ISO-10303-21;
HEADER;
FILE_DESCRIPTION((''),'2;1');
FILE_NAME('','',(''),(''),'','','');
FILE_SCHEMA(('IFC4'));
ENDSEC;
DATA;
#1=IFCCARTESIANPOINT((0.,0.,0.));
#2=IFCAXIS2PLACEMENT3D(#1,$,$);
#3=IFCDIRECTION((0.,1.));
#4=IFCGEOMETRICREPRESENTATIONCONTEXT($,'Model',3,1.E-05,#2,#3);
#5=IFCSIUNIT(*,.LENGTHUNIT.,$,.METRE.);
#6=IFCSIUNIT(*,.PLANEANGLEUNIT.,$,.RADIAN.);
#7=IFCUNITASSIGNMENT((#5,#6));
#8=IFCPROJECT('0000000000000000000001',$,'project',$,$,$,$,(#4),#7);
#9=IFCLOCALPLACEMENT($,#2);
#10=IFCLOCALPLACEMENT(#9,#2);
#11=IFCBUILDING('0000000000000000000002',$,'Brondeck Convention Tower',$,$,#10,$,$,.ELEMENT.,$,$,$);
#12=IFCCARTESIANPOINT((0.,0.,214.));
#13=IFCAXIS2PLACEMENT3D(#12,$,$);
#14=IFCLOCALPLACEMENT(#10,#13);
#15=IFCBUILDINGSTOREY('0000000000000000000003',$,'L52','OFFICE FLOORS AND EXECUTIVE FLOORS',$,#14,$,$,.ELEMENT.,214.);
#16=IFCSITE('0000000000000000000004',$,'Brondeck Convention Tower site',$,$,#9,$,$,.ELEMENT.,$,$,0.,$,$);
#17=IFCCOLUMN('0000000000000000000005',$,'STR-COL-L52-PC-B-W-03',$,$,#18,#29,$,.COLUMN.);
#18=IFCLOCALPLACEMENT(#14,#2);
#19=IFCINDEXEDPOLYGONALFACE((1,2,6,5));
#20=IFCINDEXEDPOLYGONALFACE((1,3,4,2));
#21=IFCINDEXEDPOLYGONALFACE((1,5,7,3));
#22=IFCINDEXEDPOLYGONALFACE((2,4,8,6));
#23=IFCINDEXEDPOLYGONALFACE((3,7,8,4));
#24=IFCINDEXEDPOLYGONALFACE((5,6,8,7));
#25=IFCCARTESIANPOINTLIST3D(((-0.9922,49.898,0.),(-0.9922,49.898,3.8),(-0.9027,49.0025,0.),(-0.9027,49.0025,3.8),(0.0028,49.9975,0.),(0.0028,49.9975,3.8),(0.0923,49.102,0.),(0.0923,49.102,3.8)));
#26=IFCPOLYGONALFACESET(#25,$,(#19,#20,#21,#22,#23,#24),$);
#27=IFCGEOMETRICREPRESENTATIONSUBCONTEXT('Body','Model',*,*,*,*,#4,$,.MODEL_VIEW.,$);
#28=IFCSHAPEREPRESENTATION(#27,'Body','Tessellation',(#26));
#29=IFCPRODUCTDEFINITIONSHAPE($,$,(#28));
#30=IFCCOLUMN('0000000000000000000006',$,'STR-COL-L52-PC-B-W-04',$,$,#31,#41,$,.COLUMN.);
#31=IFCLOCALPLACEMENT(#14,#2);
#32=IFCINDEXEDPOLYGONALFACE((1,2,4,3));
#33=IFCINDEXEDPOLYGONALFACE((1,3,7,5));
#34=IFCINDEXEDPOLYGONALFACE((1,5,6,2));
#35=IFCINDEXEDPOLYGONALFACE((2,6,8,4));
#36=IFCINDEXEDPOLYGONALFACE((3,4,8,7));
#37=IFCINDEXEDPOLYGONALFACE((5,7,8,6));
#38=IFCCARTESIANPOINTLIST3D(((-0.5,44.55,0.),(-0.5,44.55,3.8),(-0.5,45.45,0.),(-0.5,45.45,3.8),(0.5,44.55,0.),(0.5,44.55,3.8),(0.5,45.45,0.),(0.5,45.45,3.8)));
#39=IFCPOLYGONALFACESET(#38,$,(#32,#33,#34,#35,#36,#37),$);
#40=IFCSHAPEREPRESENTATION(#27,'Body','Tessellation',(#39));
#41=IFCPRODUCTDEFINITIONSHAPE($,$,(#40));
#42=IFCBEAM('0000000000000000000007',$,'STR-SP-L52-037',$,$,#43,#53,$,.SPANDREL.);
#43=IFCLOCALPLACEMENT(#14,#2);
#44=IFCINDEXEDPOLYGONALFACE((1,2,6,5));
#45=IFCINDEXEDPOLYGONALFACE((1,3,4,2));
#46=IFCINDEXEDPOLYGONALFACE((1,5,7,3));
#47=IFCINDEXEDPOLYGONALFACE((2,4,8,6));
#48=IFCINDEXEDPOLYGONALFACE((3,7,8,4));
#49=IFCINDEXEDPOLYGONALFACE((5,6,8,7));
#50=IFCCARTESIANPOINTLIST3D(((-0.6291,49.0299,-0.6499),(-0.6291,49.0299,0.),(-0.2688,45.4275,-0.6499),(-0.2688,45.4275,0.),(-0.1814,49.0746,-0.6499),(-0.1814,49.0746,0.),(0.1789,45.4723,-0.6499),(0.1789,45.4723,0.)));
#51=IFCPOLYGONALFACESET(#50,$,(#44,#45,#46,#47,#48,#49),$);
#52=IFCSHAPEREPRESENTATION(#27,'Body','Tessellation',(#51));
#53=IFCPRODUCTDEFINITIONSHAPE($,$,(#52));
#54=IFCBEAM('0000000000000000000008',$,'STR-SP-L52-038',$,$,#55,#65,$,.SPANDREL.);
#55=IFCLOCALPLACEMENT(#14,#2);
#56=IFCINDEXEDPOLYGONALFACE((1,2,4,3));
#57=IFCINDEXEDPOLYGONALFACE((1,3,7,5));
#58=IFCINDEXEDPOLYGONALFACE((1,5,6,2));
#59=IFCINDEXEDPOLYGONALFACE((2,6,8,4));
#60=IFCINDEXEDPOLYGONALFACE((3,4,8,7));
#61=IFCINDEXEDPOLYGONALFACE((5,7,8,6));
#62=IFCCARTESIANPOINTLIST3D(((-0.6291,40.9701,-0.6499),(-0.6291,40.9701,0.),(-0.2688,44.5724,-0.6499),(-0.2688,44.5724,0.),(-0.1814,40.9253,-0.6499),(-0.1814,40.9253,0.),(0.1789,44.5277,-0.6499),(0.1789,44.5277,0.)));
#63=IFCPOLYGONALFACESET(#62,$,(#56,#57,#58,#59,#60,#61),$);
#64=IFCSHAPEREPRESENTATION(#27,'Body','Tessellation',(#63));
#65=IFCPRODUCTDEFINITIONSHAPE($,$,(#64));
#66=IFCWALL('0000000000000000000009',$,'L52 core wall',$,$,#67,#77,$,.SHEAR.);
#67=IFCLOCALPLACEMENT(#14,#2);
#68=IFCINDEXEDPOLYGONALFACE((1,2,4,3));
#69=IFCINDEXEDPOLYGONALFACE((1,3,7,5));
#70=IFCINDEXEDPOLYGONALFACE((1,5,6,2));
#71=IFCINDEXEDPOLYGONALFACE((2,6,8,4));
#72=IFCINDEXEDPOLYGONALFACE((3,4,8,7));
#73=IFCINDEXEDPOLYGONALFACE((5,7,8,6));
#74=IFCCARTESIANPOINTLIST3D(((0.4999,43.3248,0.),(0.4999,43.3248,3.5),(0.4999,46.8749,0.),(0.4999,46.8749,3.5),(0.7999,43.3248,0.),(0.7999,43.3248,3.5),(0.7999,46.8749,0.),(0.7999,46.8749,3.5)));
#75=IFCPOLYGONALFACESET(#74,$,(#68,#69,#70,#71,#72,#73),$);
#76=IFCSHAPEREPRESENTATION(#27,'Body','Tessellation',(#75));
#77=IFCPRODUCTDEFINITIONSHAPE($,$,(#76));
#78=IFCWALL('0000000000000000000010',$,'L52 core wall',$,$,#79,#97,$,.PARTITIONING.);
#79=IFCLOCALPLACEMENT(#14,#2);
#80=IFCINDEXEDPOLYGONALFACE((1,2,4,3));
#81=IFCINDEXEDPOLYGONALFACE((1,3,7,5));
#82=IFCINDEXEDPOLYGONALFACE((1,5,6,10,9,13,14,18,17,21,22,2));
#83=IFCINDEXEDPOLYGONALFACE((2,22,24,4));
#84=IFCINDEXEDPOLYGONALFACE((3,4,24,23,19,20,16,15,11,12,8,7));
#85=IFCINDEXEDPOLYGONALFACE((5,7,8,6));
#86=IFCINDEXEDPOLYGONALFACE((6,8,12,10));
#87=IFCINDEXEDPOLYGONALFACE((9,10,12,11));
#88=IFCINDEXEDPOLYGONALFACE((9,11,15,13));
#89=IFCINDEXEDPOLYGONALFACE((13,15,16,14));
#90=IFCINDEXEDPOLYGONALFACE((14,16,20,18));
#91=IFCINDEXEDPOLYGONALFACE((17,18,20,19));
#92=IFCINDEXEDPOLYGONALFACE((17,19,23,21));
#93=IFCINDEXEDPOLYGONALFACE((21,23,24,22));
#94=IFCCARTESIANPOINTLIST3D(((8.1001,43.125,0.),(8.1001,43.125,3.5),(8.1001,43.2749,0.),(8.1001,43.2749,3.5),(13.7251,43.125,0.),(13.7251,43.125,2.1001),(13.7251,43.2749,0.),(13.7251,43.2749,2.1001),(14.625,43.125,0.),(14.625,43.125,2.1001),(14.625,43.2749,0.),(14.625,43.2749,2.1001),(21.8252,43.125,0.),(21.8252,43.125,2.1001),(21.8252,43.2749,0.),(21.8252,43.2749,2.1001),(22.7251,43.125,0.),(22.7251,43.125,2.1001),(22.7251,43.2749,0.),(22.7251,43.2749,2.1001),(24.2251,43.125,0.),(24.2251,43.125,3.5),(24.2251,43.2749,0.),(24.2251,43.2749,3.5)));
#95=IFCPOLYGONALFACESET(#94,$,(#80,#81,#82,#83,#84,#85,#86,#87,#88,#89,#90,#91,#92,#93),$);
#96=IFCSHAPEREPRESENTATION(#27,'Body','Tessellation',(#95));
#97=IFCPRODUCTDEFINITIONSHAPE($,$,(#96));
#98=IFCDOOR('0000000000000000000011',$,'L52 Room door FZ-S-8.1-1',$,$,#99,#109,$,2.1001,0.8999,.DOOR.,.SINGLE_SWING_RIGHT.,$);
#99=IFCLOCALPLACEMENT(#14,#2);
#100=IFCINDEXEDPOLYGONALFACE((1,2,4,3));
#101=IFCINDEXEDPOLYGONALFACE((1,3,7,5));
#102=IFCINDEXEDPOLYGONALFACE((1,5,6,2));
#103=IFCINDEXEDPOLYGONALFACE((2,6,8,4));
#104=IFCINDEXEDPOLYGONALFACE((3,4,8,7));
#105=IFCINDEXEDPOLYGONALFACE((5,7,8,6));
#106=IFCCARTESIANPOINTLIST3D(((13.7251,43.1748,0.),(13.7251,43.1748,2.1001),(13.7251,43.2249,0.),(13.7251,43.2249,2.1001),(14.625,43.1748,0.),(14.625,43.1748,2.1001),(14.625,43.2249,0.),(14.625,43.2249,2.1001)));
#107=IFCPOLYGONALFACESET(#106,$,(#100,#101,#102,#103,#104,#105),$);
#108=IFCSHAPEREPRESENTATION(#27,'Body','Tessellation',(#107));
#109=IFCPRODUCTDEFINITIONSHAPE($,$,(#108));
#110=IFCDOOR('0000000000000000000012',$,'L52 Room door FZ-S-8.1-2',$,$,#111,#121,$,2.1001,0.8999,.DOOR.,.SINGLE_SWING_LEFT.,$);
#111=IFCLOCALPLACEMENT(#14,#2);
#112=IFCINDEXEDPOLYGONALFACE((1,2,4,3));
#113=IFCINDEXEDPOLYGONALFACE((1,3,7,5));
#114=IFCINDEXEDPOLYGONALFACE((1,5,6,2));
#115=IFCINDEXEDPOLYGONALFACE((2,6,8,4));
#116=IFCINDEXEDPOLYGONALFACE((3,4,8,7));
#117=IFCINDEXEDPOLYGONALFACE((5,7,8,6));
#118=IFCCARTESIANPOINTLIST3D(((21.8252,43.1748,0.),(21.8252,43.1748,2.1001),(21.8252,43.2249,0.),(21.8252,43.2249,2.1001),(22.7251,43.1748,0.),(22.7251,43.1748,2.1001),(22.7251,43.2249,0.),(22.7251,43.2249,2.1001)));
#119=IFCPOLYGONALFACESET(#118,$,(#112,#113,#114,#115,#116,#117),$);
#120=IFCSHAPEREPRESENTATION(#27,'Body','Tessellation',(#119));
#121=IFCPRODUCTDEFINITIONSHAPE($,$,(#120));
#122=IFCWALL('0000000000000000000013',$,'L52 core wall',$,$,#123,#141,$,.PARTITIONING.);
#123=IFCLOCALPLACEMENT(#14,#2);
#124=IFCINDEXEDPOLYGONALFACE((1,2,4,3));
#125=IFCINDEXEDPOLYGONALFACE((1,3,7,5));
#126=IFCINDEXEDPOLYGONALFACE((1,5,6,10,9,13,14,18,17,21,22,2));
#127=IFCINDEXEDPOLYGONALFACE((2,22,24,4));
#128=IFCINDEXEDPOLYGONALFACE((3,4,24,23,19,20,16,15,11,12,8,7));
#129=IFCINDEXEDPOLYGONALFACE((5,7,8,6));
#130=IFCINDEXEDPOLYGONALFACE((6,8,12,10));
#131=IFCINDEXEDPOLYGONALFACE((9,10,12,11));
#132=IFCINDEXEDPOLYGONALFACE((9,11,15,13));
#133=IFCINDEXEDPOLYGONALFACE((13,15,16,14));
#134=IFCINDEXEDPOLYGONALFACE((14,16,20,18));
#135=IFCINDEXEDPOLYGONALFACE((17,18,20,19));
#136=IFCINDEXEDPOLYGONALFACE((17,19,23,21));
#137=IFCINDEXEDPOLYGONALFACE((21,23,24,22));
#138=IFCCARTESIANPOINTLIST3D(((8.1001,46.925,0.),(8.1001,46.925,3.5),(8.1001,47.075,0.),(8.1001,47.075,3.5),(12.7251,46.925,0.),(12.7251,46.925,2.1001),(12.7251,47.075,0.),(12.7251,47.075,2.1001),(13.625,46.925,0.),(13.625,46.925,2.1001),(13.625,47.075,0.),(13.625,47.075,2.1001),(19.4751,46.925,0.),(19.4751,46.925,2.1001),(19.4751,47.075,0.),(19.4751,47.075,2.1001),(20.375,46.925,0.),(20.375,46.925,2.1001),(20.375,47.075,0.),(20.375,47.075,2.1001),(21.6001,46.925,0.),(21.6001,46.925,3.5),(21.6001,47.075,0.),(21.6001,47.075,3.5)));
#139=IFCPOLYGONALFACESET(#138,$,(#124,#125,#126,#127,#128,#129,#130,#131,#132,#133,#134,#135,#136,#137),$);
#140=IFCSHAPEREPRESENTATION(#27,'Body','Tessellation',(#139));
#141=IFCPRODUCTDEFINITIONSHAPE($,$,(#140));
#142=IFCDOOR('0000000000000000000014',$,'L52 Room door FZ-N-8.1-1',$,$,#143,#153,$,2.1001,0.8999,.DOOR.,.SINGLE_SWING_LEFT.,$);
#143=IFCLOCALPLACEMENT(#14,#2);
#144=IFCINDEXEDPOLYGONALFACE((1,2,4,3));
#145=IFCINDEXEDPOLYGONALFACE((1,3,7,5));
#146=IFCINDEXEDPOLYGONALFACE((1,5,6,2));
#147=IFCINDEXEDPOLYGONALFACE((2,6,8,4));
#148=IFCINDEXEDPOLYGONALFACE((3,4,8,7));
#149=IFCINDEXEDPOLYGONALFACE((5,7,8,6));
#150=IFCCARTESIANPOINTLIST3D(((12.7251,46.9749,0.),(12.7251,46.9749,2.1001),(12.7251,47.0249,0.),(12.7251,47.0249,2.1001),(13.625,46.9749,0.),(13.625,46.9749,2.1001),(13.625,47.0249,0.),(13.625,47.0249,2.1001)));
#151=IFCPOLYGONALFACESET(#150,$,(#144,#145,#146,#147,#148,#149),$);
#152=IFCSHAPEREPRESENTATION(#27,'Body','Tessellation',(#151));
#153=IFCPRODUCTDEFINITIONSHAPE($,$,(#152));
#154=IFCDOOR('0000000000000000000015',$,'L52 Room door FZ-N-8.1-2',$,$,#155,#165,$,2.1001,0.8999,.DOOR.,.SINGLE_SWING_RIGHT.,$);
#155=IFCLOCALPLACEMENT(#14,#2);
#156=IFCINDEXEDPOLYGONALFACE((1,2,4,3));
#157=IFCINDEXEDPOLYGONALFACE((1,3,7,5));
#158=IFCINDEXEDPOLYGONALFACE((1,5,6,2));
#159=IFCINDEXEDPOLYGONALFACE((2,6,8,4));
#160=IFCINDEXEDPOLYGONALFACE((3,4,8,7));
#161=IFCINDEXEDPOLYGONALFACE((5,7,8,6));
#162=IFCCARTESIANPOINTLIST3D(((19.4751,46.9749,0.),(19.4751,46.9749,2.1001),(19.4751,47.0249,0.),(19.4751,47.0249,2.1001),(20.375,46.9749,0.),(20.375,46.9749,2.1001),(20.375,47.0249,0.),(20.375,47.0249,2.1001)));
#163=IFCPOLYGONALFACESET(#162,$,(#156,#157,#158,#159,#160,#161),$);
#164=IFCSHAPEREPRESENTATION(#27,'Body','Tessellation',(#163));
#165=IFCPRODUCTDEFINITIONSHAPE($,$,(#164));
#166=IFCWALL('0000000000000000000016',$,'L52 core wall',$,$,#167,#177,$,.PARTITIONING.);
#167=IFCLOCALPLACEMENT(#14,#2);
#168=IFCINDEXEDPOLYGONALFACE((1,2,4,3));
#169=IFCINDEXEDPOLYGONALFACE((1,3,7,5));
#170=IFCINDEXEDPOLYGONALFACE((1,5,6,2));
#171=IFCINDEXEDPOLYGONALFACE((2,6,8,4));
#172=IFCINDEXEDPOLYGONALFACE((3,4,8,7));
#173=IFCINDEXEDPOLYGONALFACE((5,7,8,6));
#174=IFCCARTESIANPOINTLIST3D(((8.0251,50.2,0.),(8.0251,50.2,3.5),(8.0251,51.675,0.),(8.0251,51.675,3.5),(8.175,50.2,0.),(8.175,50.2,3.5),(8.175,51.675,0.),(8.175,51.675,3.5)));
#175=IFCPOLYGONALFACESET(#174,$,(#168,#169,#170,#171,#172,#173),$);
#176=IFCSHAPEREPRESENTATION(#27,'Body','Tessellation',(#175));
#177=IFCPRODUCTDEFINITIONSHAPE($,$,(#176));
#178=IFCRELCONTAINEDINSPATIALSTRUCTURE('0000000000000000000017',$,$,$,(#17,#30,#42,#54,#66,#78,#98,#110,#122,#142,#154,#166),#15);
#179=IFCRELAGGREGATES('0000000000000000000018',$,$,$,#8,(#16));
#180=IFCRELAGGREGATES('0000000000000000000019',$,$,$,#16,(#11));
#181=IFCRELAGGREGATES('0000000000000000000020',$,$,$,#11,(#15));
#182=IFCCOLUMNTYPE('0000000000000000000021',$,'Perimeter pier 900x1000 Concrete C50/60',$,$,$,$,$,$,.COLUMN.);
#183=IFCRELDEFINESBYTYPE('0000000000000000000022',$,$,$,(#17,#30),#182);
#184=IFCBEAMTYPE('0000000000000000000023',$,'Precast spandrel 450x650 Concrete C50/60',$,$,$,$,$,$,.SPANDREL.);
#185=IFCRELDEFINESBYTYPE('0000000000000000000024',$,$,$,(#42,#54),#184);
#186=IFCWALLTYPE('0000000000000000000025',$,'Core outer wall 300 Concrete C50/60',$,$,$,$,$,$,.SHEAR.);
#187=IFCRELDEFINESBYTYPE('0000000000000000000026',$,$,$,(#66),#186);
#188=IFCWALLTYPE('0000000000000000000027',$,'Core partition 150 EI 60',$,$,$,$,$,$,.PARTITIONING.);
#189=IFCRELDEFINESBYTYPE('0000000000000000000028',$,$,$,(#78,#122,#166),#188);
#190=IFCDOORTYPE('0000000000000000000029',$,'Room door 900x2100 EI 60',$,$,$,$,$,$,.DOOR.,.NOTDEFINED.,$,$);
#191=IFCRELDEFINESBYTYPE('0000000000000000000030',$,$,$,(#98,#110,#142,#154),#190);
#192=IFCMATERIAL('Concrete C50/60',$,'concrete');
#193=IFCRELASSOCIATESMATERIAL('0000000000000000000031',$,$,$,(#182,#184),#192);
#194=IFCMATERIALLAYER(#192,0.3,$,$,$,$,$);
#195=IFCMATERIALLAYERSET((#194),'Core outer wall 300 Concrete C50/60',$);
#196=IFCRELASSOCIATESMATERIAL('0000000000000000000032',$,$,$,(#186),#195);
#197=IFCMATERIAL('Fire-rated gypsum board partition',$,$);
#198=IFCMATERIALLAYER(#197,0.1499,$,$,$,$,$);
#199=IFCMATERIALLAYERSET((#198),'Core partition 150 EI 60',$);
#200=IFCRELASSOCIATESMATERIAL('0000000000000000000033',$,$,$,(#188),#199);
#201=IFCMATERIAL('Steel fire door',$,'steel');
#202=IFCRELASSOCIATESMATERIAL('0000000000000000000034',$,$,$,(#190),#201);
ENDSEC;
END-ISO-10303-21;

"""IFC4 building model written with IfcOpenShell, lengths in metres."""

from ifc_helpers import new_model, si_unit, direction, frame, frame_2d, origin, origin_2d, place, context, subcontext, project, spatial, rectangle, extrude, material, layer, layer_set, material_profile, profile_set, type_object, element, fill, save


model = new_model("IFC4")

# Units and contexts
model_context = context("Model", 3, precision=1e-05, world=origin(), true_north=direction((0.0, 1.0)))
body_context = subcontext(model_context, "Body", "Model", "MODEL_VIEW")
ifc_project = project(units=[si_unit("LENGTHUNIT", "METRE"), si_unit("PLANEANGLEUNIT", "RADIAN")], contexts=[model_context])

# Site, building, storey
site_placement = place(None, origin())
site = spatial("IfcSite", under=ifc_project, at=site_placement, Name="Brondeck Convention Tower site", CompositionType="ELEMENT", RefElevation=0.0)
building_placement = place(site_placement, origin())
building = spatial("IfcBuilding", under=site, at=building_placement, Name="Brondeck Convention Tower", CompositionType="ELEMENT")
storey_placement = place(building_placement, frame((0.0, 0.0, 214.0)))
storey = spatial("IfcBuildingStorey", under=building, at=storey_placement, Name="L52", Description="OFFICE FLOORS AND EXECUTIVE FLOORS", CompositionType="ELEMENT", Elevation=214.0)

# Columns
ifc_material_1 = material(Name="Concrete C50/60", Category="concrete")
ifc_material_profile_1 = material_profile(ifc_material_1, rectangle(XDim=0.8999, YDim=1.0, at=origin_2d()), Name="Perimeter pier 900x1000 Concrete C50/60")
ifc_profile_set_1 = profile_set([ifc_material_profile_1], Name="Concrete C50/60")
column_type = type_object("IfcColumnType", Name="Perimeter pier 900x1000 Concrete C50/60", PredefinedType="COLUMN", material=ifc_profile_set_1)
for number, where, z_axis, x_axis, name in (
    (1, (-0.45, 49.5, 0.0), (0.0, 0.0, 1.0), (0.099504, -0.995037, 0.0), "STR-COL-L52-PC-B-W-03"),
    (2, (0.0, 45.0, 0.0), (0.0, 0.0, 1.0), (0.0, -1.0, 0.0), "STR-COL-L52-PC-B-W-04"),
):
    element("IfcColumn", number, at=place(storey_placement, frame(where, z_axis=z_axis, x_axis=x_axis)), inside=storey, type_object=column_type, Name=name, PredefinedType="COLUMN", context=body_context, shape_type="SweptSolid", body=[
        extrude(rectangle(XDim=0.8999, YDim=1.0, at=origin_2d()), origin(), (0.0, 0.0, 1.0), 3.8),
    ])

# Beams
ifc_material_profile_2 = material_profile(ifc_material_1, rectangle(XDim=0.45, YDim=0.6499, at=origin_2d()), Name="Precast spandrel 450x650 Concrete C50/60")
ifc_profile_set_2 = profile_set([ifc_material_profile_2], Name="Concrete C50/60")
beam_type = type_object("IfcBeamType", Name="Precast spandrel 450x650 Concrete C50/60", PredefinedType="SPANDREL", material=ifc_profile_set_2)
for number, where, z_axis, x_axis, name in (
    (3, (-0.4053, 49.0522, -0.325), (0.099537, -0.995034, 0.0), (0.995034, 0.099537, 0.0), "STR-SP-L52-037"),
    (4, (-0.0449, 44.55, -0.325), (-0.099537, -0.995034, 0.0), (0.995034, -0.099537, 0.0), "STR-SP-L52-038"),
):
    element("IfcBeam", number, at=place(storey_placement, frame(where, z_axis=z_axis, x_axis=x_axis)), inside=storey, type_object=beam_type, Name=name, PredefinedType="SPANDREL", context=body_context, shape_type="SweptSolid", body=[
        extrude(rectangle(XDim=0.45, YDim=0.6499, at=origin_2d()), origin(), (0.0, 0.0, 1.0), 3.6204),
    ])

# Wall
ifc_layer_1 = layer(ifc_material_1, 0.3)
ifc_layer_set_1 = layer_set([ifc_layer_1], Name="Core outer wall 300 Concrete C50/60")
wall_type_1 = type_object("IfcWallType", Name="Core outer wall 300 Concrete C50/60", PredefinedType="SHEAR", material=ifc_layer_set_1)
wall_1_placement = place(storey_placement, frame((0.6499, 43.325, 0.0), z_axis=(0.0, 0.0, 1.0), x_axis=(0.0, 1.0, 0.0)))
element("IfcWall", 5, at=wall_1_placement, inside=storey, type_object=wall_type_1, Name="L52 core wall", PredefinedType="SHEAR", context=body_context, shape_type="SweptSolid", body=[
    extrude(rectangle(XDim=3.55, YDim=0.3, at=frame_2d((1.7749, 0.0))), origin(), (0.0, 0.0, 1.0), 3.5),
])

# Walls, openings, doors
ifc_material_2 = material(Name="Fire-rated gypsum board partition")
ifc_layer_2 = layer(ifc_material_2, 0.1499)
ifc_layer_set_2 = layer_set([ifc_layer_2], Name="Core partition 150 EI 60")
wall_type_2 = type_object("IfcWallType", Name="Core partition 150 EI 60", PredefinedType="PARTITIONING", material=ifc_layer_set_2)
wall_2_placement = place(storey_placement, frame((8.1001, 43.2, 0.0), z_axis=(0.0, 0.0, 1.0), x_axis=(1.0, 0.0, 0.0)))
wall_2 = element("IfcWall", 6, at=wall_2_placement, inside=storey, type_object=wall_type_2, Name="L52 core wall", PredefinedType="PARTITIONING", context=body_context, shape_type="SweptSolid", body=[
    extrude(rectangle(XDim=16.125, YDim=0.1499, at=frame_2d((8.0625, 0.0))), origin(), (0.0, 0.0, 1.0), 3.5),
])
opening_1_placement = place(wall_2_placement, frame((5.625, 0.0, 0.0)))
opening_1 = element("IfcOpeningElement", 7, at=opening_1_placement, cuts=wall_2, PredefinedType="OPENING", context=body_context, shape_type="SweptSolid", body=[
    extrude(rectangle(XDim=0.8999, YDim=2.1001, at=frame_2d((0.45, 1.05))), frame((0.0, 0.085, 0.0), z_axis=(0.0, -1.0, 0.0), x_axis=(1.0, 0.0, 0.0)), (0.0, 0.0, 1.0), 0.1699),
])
opening_2_placement = place(wall_2_placement, frame((13.7251, 0.0, 0.0)))
opening_2 = element("IfcOpeningElement", 8, at=opening_2_placement, cuts=wall_2, PredefinedType="OPENING", context=body_context, shape_type="SweptSolid", body=[
    extrude(rectangle(XDim=0.8999, YDim=2.1001, at=frame_2d((0.45, 1.05))), frame((0.0, 0.085, 0.0), z_axis=(0.0, -1.0, 0.0), x_axis=(1.0, 0.0, 0.0)), (0.0, 0.0, 1.0), 0.1699),
])
ifc_material_3 = material(Name="Steel fire door", Category="steel")
door_type_1 = type_object("IfcDoorType", Name="Room door 900x2100 EI 60", OperationType="NOTDEFINED", PredefinedType="DOOR", material=ifc_material_3)
door_1_placement = place(opening_1_placement, origin())
door_1 = element("IfcDoor", 9, at=door_1_placement, inside=storey, type_object=door_type_1, Name="L52 Room door FZ-S-8.1-1", OperationType="SINGLE_SWING_RIGHT", OverallHeight=2.1001, OverallWidth=0.8999, PredefinedType="DOOR", context=body_context, shape_type="SweptSolid", body=[
    extrude(rectangle(XDim=0.8999, YDim=2.1001, at=frame_2d((0.45, 1.05))), frame((0.0, 0.0249, 0.0), z_axis=(0.0, -1.0, 0.0), x_axis=(1.0, 0.0, 0.0)), (0.0, 0.0, 1.0), 0.05),
])
fill(opening_1, door_1)
door_2_placement = place(opening_2_placement, origin())
door_2 = element("IfcDoor", 10, at=door_2_placement, inside=storey, type_object=door_type_1, Name="L52 Room door FZ-S-8.1-2", OperationType="SINGLE_SWING_LEFT", OverallHeight=2.1001, OverallWidth=0.8999, PredefinedType="DOOR", context=body_context, shape_type="SweptSolid", body=[
    extrude(rectangle(XDim=0.8999, YDim=2.1001, at=frame_2d((0.45, 1.05))), frame((0.0, 0.0249, 0.0), z_axis=(0.0, -1.0, 0.0), x_axis=(1.0, 0.0, 0.0)), (0.0, 0.0, 1.0), 0.05),
])
fill(opening_2, door_2)
wall_3_placement = place(storey_placement, frame((8.1001, 47.0, 0.0), z_axis=(0.0, 0.0, 1.0), x_axis=(1.0, 0.0, 0.0)))
wall_3 = element("IfcWall", 11, at=wall_3_placement, inside=storey, type_object=wall_type_2, Name="L52 core wall", PredefinedType="PARTITIONING", context=body_context, shape_type="SweptSolid", body=[
    extrude(rectangle(XDim=13.5, YDim=0.1499, at=frame_2d((6.75, 0.0))), origin(), (0.0, 0.0, 1.0), 3.5),
])
opening_3_placement = place(wall_3_placement, frame((4.625, 0.0, 0.0)))
opening_3 = element("IfcOpeningElement", 12, at=opening_3_placement, cuts=wall_3, PredefinedType="OPENING", context=body_context, shape_type="SweptSolid", body=[
    extrude(rectangle(XDim=0.8999, YDim=2.1001, at=frame_2d((0.45, 1.05))), frame((0.0, 0.085, 0.0), z_axis=(0.0, -1.0, 0.0), x_axis=(1.0, 0.0, 0.0)), (0.0, 0.0, 1.0), 0.1699),
])
opening_4_placement = place(wall_3_placement, frame((11.375, 0.0, 0.0)))
opening_4 = element("IfcOpeningElement", 13, at=opening_4_placement, cuts=wall_3, PredefinedType="OPENING", context=body_context, shape_type="SweptSolid", body=[
    extrude(rectangle(XDim=0.8999, YDim=2.1001, at=frame_2d((0.45, 1.05))), frame((0.0, 0.085, 0.0), z_axis=(0.0, -1.0, 0.0), x_axis=(1.0, 0.0, 0.0)), (0.0, 0.0, 1.0), 0.1699),
])
door_3_placement = place(opening_3_placement, origin())
door_3 = element("IfcDoor", 14, at=door_3_placement, inside=storey, type_object=door_type_1, Name="L52 Room door FZ-N-8.1-1", OperationType="SINGLE_SWING_LEFT", OverallHeight=2.1001, OverallWidth=0.8999, PredefinedType="DOOR", context=body_context, shape_type="SweptSolid", body=[
    extrude(rectangle(XDim=0.8999, YDim=2.1001, at=frame_2d((0.45, 1.05))), frame((0.0, 0.0249, 0.0), z_axis=(0.0, -1.0, 0.0), x_axis=(1.0, 0.0, 0.0)), (0.0, 0.0, 1.0), 0.05),
])
fill(opening_3, door_3)
door_4_placement = place(opening_4_placement, origin())
door_4 = element("IfcDoor", 15, at=door_4_placement, inside=storey, type_object=door_type_1, Name="L52 Room door FZ-N-8.1-2", OperationType="SINGLE_SWING_RIGHT", OverallHeight=2.1001, OverallWidth=0.8999, PredefinedType="DOOR", context=body_context, shape_type="SweptSolid", body=[
    extrude(rectangle(XDim=0.8999, YDim=2.1001, at=frame_2d((0.45, 1.05))), frame((0.0, 0.0249, 0.0), z_axis=(0.0, -1.0, 0.0), x_axis=(1.0, 0.0, 0.0)), (0.0, 0.0, 1.0), 0.05),
])
fill(opening_4, door_4)

# Wall
wall_4_placement = place(storey_placement, frame((8.1001, 50.2, 0.0), z_axis=(0.0, 0.0, 1.0), x_axis=(0.0, 1.0, 0.0)))
element("IfcWall", 16, at=wall_4_placement, inside=storey, type_object=wall_type_2, Name="L52 core wall", PredefinedType="PARTITIONING", context=body_context, shape_type="SweptSolid", body=[
    extrude(rectangle(XDim=1.4751, YDim=0.1499, at=frame_2d((0.7375, 0.0))), origin(), (0.0, 0.0, 1.0), 3.5),
])

save(model, "model.ifc")
